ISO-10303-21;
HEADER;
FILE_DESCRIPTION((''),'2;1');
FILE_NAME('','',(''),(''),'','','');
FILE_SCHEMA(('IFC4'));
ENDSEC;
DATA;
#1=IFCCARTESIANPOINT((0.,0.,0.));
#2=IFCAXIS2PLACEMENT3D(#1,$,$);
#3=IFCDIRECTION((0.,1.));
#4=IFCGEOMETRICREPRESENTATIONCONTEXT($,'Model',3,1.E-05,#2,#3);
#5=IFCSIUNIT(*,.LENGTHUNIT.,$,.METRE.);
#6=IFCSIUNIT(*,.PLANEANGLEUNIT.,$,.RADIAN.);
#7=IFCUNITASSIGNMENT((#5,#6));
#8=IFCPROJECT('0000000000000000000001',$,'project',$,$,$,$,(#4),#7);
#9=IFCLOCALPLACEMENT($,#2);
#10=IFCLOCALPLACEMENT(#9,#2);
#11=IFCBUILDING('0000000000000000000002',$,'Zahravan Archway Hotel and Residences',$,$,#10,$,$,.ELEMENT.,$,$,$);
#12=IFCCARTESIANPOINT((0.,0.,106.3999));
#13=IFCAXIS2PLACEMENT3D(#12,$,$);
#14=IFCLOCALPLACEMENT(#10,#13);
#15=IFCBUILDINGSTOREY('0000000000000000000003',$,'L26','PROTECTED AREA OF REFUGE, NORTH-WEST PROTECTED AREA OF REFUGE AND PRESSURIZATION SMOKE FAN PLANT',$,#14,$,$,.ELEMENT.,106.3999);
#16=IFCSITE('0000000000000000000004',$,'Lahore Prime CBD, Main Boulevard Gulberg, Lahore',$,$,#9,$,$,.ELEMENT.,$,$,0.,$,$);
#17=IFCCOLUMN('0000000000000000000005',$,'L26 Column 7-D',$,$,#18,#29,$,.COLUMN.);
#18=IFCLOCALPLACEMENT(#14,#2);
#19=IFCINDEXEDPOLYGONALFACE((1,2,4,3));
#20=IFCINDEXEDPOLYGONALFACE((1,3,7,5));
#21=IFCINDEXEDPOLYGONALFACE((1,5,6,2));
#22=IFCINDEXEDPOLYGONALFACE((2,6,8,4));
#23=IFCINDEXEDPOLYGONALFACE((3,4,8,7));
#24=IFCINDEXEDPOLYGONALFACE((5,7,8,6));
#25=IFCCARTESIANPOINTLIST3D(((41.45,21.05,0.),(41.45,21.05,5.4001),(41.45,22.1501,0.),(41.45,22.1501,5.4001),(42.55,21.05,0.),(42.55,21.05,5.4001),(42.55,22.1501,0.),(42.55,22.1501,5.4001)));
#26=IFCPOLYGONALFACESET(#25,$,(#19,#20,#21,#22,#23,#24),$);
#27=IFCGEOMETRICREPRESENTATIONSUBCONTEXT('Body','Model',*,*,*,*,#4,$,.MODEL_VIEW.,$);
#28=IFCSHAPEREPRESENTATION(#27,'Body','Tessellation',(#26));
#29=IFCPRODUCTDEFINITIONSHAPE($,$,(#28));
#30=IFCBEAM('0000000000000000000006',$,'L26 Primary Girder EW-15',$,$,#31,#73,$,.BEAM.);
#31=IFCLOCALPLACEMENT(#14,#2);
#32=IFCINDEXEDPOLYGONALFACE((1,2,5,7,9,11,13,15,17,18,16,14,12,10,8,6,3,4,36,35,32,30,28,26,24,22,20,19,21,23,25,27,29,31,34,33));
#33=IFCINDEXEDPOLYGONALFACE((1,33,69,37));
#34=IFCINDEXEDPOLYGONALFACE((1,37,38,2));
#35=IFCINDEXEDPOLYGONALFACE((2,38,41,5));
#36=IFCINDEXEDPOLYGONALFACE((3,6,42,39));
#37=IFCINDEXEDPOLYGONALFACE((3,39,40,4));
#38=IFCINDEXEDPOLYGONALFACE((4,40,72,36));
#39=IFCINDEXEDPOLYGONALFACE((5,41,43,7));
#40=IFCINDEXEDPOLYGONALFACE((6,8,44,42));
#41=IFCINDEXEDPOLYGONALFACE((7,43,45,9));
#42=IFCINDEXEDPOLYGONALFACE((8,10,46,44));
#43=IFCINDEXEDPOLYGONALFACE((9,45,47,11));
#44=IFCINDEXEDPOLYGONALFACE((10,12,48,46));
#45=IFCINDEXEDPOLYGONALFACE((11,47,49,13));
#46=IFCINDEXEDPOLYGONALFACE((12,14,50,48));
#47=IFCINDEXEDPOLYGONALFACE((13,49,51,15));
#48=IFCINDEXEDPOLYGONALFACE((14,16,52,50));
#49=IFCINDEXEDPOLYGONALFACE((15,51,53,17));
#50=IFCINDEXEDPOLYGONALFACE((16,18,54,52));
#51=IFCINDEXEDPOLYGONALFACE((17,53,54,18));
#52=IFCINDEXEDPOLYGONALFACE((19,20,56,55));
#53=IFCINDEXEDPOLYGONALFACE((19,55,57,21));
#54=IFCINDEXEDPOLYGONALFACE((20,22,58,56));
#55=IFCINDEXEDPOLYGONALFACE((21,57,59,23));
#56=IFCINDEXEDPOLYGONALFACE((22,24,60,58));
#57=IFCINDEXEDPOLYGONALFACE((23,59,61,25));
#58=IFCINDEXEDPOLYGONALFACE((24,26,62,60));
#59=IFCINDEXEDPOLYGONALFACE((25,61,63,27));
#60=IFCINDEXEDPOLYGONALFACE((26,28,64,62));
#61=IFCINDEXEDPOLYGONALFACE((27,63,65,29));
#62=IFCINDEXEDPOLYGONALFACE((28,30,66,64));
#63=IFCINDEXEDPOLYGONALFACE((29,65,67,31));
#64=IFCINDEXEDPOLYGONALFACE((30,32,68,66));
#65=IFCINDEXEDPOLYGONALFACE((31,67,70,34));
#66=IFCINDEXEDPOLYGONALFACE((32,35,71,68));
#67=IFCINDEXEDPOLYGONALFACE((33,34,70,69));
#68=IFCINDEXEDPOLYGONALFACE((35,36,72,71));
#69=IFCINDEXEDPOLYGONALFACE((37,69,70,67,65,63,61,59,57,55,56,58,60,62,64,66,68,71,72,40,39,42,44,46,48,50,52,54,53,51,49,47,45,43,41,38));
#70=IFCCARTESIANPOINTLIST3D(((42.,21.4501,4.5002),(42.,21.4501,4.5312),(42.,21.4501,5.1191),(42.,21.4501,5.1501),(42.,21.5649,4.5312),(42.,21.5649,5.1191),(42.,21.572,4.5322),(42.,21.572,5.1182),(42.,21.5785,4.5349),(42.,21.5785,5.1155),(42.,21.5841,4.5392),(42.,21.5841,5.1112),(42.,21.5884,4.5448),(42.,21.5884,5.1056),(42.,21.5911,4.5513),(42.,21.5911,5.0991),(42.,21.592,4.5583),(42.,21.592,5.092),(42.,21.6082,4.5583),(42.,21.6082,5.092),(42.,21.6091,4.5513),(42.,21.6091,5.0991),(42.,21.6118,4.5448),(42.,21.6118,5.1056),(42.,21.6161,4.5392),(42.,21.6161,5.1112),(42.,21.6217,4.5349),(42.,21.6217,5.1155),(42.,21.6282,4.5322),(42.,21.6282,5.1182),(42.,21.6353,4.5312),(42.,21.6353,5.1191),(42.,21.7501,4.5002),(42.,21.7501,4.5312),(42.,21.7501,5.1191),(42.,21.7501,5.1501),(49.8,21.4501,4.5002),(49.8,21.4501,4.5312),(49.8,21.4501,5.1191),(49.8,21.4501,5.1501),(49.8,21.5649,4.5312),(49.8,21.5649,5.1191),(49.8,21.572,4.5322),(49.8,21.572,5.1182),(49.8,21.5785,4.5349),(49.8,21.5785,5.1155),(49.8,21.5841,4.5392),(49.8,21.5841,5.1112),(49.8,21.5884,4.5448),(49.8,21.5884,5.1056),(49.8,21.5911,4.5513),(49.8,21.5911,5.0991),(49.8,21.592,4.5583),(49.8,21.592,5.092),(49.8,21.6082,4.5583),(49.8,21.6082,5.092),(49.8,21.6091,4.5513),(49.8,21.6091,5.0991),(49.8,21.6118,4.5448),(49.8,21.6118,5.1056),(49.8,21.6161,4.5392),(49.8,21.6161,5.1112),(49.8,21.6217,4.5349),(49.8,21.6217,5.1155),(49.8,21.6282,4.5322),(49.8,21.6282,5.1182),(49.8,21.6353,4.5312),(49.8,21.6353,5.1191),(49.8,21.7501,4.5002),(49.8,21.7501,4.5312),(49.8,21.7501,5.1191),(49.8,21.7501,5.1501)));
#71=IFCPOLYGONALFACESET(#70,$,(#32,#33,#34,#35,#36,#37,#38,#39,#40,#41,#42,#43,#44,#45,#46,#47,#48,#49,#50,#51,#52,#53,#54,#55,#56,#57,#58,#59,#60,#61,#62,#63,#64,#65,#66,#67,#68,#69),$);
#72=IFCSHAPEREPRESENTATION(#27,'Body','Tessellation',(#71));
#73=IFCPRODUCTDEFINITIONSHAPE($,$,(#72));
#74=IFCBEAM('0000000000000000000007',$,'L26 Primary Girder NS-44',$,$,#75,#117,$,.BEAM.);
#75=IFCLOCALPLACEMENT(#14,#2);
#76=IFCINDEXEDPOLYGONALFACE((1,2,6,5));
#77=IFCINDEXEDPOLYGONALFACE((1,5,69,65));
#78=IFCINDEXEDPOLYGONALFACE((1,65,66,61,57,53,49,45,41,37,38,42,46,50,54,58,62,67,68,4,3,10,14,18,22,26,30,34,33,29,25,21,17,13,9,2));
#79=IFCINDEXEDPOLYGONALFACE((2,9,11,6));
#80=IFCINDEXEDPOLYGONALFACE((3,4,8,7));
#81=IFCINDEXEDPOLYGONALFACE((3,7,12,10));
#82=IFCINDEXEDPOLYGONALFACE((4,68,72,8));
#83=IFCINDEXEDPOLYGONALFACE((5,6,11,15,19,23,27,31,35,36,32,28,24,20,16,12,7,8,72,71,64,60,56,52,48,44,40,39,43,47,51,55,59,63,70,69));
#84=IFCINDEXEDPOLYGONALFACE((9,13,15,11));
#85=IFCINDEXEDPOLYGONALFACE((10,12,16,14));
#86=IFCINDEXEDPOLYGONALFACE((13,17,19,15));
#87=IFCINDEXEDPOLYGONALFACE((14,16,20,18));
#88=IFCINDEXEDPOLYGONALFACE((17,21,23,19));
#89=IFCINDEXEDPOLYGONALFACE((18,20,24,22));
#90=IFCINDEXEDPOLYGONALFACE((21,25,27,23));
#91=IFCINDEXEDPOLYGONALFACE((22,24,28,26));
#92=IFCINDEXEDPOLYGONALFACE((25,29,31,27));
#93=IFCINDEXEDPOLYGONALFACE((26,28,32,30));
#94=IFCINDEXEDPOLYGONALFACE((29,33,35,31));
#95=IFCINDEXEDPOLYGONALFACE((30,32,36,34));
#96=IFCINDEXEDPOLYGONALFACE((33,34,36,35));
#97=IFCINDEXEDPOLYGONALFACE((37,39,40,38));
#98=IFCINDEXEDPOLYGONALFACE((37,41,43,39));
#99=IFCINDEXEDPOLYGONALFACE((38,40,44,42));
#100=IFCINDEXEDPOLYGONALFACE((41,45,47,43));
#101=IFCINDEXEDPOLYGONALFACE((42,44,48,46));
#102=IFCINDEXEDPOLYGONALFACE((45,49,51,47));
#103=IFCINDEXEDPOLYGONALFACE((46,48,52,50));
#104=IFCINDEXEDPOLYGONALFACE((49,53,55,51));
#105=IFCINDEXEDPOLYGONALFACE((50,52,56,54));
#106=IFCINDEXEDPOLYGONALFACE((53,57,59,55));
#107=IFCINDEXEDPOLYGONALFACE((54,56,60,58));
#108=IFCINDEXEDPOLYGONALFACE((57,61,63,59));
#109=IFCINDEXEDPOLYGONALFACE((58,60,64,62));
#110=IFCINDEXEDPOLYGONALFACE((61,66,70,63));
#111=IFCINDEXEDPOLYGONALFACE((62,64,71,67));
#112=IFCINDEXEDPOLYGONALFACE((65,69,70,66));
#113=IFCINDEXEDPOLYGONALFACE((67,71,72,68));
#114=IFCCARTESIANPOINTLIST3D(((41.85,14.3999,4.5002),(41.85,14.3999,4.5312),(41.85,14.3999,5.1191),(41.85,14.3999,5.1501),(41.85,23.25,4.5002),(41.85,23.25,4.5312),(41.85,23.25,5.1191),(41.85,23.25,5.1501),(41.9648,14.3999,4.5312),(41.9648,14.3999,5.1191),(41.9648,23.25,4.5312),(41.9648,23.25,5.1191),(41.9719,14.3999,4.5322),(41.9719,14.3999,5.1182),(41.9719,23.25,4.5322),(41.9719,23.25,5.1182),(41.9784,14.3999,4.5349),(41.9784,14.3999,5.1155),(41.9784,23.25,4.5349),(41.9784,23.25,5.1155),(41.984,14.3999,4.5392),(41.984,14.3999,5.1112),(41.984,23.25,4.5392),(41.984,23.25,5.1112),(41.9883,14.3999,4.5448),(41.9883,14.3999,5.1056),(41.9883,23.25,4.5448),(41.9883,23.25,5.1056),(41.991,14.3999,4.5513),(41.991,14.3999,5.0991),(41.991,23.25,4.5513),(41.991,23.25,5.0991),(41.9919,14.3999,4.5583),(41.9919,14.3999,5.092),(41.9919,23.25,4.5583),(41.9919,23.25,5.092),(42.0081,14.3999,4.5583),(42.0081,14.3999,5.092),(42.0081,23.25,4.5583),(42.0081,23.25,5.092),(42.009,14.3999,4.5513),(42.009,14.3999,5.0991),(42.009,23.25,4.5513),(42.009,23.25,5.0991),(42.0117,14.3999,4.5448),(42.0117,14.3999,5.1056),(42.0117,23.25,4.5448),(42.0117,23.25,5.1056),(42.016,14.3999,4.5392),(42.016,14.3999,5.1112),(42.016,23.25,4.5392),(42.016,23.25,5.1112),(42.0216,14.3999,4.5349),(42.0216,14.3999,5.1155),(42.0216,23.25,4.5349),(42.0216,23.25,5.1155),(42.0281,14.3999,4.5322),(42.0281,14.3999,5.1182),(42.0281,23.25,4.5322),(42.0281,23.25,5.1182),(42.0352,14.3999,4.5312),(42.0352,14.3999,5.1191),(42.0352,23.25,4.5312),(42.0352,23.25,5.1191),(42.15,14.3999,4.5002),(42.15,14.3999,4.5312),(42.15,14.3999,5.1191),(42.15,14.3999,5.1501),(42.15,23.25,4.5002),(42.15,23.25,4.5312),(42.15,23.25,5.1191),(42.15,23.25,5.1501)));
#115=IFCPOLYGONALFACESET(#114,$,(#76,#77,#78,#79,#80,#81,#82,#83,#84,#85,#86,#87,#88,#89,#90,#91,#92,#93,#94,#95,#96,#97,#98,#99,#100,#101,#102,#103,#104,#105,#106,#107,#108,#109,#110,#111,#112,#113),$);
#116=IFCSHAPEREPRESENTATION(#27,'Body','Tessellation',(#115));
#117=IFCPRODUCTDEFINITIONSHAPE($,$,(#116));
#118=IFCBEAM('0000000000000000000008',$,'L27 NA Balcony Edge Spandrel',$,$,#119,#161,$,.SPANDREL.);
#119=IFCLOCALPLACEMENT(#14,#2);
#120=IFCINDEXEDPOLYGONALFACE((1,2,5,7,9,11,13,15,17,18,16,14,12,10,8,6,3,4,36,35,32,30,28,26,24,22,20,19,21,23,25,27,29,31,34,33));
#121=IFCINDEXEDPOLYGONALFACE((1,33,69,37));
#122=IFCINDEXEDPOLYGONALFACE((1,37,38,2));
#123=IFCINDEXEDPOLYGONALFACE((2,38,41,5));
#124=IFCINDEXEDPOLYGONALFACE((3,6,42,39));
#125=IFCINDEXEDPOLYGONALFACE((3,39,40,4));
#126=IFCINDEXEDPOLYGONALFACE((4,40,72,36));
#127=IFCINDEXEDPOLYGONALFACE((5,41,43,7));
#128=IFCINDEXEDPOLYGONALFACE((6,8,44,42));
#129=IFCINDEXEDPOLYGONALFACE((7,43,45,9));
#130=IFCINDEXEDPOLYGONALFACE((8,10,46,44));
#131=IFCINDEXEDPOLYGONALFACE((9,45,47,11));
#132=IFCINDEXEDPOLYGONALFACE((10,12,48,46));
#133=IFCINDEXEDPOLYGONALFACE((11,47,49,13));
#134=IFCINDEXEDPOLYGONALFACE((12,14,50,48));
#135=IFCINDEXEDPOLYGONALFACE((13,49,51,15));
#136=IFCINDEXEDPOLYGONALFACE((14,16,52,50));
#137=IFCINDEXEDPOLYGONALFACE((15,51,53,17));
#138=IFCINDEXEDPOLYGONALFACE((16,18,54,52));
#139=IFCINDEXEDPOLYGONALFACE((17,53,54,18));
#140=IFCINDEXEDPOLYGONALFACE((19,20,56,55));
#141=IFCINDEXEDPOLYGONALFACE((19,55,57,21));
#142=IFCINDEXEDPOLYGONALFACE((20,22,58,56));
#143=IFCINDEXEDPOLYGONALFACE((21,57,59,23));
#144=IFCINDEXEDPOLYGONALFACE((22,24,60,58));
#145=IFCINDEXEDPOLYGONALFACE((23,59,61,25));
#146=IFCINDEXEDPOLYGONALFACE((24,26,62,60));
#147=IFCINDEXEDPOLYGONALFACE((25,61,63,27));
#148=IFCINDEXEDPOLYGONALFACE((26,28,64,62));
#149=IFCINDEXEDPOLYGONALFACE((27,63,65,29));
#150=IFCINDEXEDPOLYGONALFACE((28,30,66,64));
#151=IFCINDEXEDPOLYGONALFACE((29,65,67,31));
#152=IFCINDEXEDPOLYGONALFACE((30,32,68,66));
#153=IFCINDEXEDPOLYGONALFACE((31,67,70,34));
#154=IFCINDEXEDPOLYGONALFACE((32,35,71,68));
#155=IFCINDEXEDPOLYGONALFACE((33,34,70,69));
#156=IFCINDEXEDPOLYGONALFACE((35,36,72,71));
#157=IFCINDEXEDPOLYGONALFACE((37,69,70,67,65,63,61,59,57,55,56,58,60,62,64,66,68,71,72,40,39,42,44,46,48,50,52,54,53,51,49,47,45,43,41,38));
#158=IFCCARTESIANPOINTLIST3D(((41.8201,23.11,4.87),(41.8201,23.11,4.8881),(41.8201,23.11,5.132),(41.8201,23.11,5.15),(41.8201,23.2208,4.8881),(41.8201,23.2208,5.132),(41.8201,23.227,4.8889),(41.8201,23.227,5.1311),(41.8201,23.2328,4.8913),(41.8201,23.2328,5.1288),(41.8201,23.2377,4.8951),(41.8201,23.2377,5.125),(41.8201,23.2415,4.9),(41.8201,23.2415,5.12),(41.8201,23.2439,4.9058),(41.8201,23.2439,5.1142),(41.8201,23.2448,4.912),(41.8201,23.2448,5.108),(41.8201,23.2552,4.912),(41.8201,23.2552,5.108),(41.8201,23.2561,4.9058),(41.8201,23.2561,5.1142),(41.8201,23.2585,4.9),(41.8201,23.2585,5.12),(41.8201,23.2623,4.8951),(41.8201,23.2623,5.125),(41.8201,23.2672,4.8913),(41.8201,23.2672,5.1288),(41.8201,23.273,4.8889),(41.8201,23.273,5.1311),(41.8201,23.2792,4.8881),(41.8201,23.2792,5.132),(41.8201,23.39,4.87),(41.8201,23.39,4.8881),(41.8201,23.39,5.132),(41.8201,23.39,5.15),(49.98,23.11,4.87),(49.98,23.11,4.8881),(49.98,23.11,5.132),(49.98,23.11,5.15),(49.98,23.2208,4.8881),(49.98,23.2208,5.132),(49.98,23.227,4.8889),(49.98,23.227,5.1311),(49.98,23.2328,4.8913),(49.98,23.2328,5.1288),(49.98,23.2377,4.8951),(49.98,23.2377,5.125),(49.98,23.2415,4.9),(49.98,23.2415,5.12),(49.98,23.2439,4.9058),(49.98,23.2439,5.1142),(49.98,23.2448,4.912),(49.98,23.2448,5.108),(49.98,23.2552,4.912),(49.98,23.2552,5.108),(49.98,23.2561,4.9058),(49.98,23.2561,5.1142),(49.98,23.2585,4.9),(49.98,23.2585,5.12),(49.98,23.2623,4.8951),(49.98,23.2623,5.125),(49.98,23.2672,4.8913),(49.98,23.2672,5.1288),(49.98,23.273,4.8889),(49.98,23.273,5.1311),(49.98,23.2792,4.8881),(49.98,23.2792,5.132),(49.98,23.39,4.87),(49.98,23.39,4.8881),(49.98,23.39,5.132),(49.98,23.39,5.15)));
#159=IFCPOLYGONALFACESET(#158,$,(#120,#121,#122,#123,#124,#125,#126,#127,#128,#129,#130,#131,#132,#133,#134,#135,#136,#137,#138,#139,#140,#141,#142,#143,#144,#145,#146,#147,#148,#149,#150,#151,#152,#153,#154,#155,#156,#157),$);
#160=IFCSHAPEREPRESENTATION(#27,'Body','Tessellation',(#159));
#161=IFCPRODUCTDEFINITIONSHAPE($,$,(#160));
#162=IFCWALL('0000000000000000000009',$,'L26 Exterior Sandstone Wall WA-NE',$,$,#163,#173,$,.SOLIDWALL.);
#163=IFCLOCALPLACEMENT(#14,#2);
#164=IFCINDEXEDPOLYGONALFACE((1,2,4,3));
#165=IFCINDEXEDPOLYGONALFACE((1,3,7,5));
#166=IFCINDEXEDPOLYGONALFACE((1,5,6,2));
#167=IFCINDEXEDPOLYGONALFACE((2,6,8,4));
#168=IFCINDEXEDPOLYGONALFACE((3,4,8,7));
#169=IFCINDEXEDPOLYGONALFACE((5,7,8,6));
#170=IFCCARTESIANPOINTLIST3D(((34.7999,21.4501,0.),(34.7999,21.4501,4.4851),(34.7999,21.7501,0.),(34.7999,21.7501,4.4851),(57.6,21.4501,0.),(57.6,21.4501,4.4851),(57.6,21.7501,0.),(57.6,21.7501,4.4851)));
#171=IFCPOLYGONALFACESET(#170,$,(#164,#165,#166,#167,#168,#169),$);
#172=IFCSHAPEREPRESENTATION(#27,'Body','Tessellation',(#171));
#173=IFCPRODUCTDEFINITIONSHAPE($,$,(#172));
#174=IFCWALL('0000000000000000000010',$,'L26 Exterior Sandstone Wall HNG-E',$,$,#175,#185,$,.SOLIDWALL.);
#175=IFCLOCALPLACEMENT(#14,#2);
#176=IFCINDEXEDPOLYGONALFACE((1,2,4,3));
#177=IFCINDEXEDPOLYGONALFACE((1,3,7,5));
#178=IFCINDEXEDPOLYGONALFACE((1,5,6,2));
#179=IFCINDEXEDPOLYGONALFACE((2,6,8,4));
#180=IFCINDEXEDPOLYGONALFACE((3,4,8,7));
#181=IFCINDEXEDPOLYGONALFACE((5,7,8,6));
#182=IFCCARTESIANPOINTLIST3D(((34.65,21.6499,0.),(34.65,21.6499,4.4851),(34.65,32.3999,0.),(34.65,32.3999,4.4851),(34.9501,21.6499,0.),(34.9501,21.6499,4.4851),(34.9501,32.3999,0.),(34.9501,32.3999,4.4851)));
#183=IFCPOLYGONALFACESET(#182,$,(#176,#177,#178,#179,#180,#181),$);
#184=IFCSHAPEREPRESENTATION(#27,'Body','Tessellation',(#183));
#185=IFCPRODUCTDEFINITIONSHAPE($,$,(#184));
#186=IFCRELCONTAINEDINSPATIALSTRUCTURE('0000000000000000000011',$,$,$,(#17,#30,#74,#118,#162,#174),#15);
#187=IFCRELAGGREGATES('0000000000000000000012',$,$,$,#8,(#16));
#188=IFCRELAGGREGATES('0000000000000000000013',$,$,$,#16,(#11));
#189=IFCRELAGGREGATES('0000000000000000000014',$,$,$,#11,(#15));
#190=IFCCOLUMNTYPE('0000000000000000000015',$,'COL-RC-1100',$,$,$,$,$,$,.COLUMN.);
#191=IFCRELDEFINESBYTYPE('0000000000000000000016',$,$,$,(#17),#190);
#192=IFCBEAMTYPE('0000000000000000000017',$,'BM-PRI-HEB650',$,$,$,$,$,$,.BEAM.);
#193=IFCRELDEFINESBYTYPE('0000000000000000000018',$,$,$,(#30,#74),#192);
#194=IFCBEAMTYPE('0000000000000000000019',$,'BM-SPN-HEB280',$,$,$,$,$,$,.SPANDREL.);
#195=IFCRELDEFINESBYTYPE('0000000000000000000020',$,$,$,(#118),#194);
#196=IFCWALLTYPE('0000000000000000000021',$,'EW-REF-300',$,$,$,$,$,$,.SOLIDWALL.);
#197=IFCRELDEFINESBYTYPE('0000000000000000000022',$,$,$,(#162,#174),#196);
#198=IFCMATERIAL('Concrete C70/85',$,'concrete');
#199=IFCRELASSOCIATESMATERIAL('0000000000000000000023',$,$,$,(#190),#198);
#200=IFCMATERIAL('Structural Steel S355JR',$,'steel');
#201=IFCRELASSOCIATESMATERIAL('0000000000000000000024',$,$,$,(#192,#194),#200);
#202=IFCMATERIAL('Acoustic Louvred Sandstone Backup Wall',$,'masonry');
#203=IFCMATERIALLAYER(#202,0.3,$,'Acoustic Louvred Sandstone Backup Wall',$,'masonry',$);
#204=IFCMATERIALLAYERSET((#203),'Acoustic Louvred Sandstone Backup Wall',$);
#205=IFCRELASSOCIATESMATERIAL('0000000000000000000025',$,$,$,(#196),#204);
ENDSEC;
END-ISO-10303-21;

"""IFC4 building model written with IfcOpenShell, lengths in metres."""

from ifc_helpers import new_model, si_unit, direction, frame, frame_2d, origin, origin_2d, place, context, subcontext, project, spatial, rectangle, i_section, extrude, source, transform, mapped, material, layer, layer_set, material_profile, profile_set, type_object, element, save


model = new_model("IFC4")

# Units and contexts
model_context = context("Model", 3, precision=1e-05, world=origin(), true_north=direction((0.0, 1.0)))
body_context = subcontext(model_context, "Body", "Model", "MODEL_VIEW")
ifc_project = project(units=[si_unit("LENGTHUNIT", "METRE"), si_unit("PLANEANGLEUNIT", "RADIAN")], contexts=[model_context])

# Site, building, storey
site_placement = place(None, origin())
site = spatial("IfcSite", under=ifc_project, at=site_placement, Name="Lahore Prime CBD, Main Boulevard Gulberg, Lahore", CompositionType="ELEMENT", RefElevation=0.0)
building_placement = place(site_placement, origin())
building = spatial("IfcBuilding", under=site, at=building_placement, Name="Zahravan Archway Hotel and Residences", CompositionType="ELEMENT")
storey_placement = place(building_placement, frame((0.0, 0.0, 106.3999)))
storey = spatial("IfcBuildingStorey", under=building, at=storey_placement, Name="L26", Description="PROTECTED AREA OF REFUGE, NORTH-WEST PROTECTED AREA OF REFUGE AND PRESSURIZATION SMOKE FAN PLANT", CompositionType="ELEMENT", Elevation=106.3999)

# Column
ifc_material_1 = material(Name="Concrete C70/85", Category="concrete")
ifc_material_profile_1 = material_profile(ifc_material_1, rectangle(XDim=1.1001, YDim=1.1001, at=origin_2d()), Name="RC 1100x1100", Category="concrete")
ifc_profile_set_1 = profile_set([ifc_material_profile_1], Name="Concrete C70/85")
column_type = type_object("IfcColumnType", Name="COL-RC-1100", PredefinedType="COLUMN", material=ifc_profile_set_1)
shared_shape_1 = source(origin(), body_context, "Body", "SweptSolid", [
    extrude(rectangle(XDim=1.1001, YDim=1.1001, at=origin_2d()), origin(), (0.0, 0.0, 1.0), 5.4001),
])
column_placement = place(storey_placement, frame((42.0, 21.6001, 0.0), z_axis=(0.0, 0.0, 1.0), x_axis=(1.0, 0.0, 0.0)))
element("IfcColumn", 1, at=column_placement, inside=storey, type_object=column_type, Name="L26 Column 7-D", PredefinedType="COLUMN", context=body_context, shape_type="MappedRepresentation", body=[
    mapped(shared_shape_1, transform((0.0, 0.0, 0.0), scale=1.0)),
])

# Beams
ifc_material_2 = material(Name="Structural Steel S355JR", Category="steel")
ifc_material_profile_2 = material_profile(ifc_material_2, i_section(OverallWidth=0.3, OverallDepth=0.6499, WebThickness=0.0161, FlangeThickness=0.031, FilletRadius=0.0271, at=origin_2d()), Name="HEB 650", Category="steel")
ifc_profile_set_2 = profile_set([ifc_material_profile_2], Name="Structural Steel S355JR")
beam_type_1 = type_object("IfcBeamType", Name="BM-PRI-HEB650", PredefinedType="BEAM", material=ifc_profile_set_2)
shared_shape_2 = source(origin(), body_context, "Body", "SweptSolid", [
    extrude(i_section(OverallWidth=0.3, OverallDepth=0.6499, WebThickness=0.0161, FlangeThickness=0.031, FilletRadius=0.0271, at=origin_2d()), origin(), (0.0, 0.0, 1.0), 7.8),
])
beam_1_placement = place(storey_placement, frame((42.0, 21.6001, 4.8252), z_axis=(1.0, 0.0, 0.0), x_axis=(0.0, 1.0, 0.0)))
element("IfcBeam", 2, at=beam_1_placement, inside=storey, type_object=beam_type_1, Name="L26 Primary Girder EW-15", PredefinedType="BEAM", context=body_context, shape_type="MappedRepresentation", body=[
    mapped(shared_shape_2, transform((0.0, 0.0, 0.0), scale=1.0)),
])
shared_shape_3 = source(origin(), body_context, "Body", "SweptSolid", [
    extrude(i_section(OverallWidth=0.3, OverallDepth=0.6499, WebThickness=0.0161, FlangeThickness=0.031, FilletRadius=0.0271, at=origin_2d()), origin(), (0.0, 0.0, 1.0), 8.8501),
])
beam_2_placement = place(storey_placement, frame((42.0, 14.3999, 4.8252), z_axis=(0.0, 1.0, 0.0), x_axis=(-1.0, 0.0, 0.0)))
element("IfcBeam", 3, at=beam_2_placement, inside=storey, type_object=beam_type_1, Name="L26 Primary Girder NS-44", PredefinedType="BEAM", context=body_context, shape_type="MappedRepresentation", body=[
    mapped(shared_shape_3, transform((0.0, 0.0, 0.0), scale=1.0)),
])
ifc_material_profile_3 = material_profile(ifc_material_2, i_section(OverallWidth=0.28, OverallDepth=0.28, WebThickness=0.0105, FlangeThickness=0.0181, FilletRadius=0.0239, at=origin_2d()), Name="HEB 280", Category="steel")
ifc_profile_set_3 = profile_set([ifc_material_profile_3], Name="Structural Steel S355JR")
beam_type_2 = type_object("IfcBeamType", Name="BM-SPN-HEB280", PredefinedType="SPANDREL", material=ifc_profile_set_3)
shared_shape_4 = source(origin(), body_context, "Body", "SweptSolid", [
    extrude(i_section(OverallWidth=0.28, OverallDepth=0.28, WebThickness=0.0105, FlangeThickness=0.0181, FilletRadius=0.0239, at=origin_2d()), origin(), (0.0, 0.0, 1.0), 8.1599),
])
beam_3_placement = place(storey_placement, frame((41.8201, 23.25, 5.01), z_axis=(1.0, 0.0, 0.0), x_axis=(0.0, 1.0, 0.0)))
element("IfcBeam", 4, at=beam_3_placement, inside=storey, type_object=beam_type_2, Name="L27 NA Balcony Edge Spandrel", PredefinedType="SPANDREL", context=body_context, shape_type="MappedRepresentation", body=[
    mapped(shared_shape_4, transform((0.0, 0.0, 0.0), scale=1.0)),
])

# Walls
ifc_material_3 = material(Name="Acoustic Louvred Sandstone Backup Wall", Category="masonry")
ifc_layer_1 = layer(ifc_material_3, 0.3, Name="Acoustic Louvred Sandstone Backup Wall", Category="masonry")
ifc_layer_set_1 = layer_set([ifc_layer_1], Name="Acoustic Louvred Sandstone Backup Wall")
wall_type_1 = type_object("IfcWallType", Name="EW-REF-300", PredefinedType="SOLIDWALL", material=ifc_layer_set_1)
wall_1_placement = place(storey_placement, frame((34.8, 21.6001, 0.0), z_axis=(0.0, 0.0, 1.0), x_axis=(1.0, 0.0, 0.0)))
element("IfcWall", 5, at=wall_1_placement, inside=storey, type_object=wall_type_1, Name="L26 Exterior Sandstone Wall WA-NE", PredefinedType="SOLIDWALL", context=body_context, shape_type="SweptSolid", body=[
    extrude(rectangle(XDim=22.8, YDim=0.3, at=frame_2d((11.3999, 0.0))), origin(), (0.0, 0.0, 1.0), 4.4851),
])
wall_2_placement = place(storey_placement, frame((34.8, 21.6499, 0.0), z_axis=(0.0, 0.0, 1.0), x_axis=(0.0, 1.0, 0.0)))
element("IfcWall", 6, at=wall_2_placement, inside=storey, type_object=wall_type_1, Name="L26 Exterior Sandstone Wall HNG-E", PredefinedType="SOLIDWALL", context=body_context, shape_type="SweptSolid", body=[
    extrude(rectangle(XDim=10.75, YDim=0.3, at=frame_2d((5.375, 0.0))), origin(), (0.0, 0.0, 1.0), 4.4851),
])

save(model, "model.ifc")
